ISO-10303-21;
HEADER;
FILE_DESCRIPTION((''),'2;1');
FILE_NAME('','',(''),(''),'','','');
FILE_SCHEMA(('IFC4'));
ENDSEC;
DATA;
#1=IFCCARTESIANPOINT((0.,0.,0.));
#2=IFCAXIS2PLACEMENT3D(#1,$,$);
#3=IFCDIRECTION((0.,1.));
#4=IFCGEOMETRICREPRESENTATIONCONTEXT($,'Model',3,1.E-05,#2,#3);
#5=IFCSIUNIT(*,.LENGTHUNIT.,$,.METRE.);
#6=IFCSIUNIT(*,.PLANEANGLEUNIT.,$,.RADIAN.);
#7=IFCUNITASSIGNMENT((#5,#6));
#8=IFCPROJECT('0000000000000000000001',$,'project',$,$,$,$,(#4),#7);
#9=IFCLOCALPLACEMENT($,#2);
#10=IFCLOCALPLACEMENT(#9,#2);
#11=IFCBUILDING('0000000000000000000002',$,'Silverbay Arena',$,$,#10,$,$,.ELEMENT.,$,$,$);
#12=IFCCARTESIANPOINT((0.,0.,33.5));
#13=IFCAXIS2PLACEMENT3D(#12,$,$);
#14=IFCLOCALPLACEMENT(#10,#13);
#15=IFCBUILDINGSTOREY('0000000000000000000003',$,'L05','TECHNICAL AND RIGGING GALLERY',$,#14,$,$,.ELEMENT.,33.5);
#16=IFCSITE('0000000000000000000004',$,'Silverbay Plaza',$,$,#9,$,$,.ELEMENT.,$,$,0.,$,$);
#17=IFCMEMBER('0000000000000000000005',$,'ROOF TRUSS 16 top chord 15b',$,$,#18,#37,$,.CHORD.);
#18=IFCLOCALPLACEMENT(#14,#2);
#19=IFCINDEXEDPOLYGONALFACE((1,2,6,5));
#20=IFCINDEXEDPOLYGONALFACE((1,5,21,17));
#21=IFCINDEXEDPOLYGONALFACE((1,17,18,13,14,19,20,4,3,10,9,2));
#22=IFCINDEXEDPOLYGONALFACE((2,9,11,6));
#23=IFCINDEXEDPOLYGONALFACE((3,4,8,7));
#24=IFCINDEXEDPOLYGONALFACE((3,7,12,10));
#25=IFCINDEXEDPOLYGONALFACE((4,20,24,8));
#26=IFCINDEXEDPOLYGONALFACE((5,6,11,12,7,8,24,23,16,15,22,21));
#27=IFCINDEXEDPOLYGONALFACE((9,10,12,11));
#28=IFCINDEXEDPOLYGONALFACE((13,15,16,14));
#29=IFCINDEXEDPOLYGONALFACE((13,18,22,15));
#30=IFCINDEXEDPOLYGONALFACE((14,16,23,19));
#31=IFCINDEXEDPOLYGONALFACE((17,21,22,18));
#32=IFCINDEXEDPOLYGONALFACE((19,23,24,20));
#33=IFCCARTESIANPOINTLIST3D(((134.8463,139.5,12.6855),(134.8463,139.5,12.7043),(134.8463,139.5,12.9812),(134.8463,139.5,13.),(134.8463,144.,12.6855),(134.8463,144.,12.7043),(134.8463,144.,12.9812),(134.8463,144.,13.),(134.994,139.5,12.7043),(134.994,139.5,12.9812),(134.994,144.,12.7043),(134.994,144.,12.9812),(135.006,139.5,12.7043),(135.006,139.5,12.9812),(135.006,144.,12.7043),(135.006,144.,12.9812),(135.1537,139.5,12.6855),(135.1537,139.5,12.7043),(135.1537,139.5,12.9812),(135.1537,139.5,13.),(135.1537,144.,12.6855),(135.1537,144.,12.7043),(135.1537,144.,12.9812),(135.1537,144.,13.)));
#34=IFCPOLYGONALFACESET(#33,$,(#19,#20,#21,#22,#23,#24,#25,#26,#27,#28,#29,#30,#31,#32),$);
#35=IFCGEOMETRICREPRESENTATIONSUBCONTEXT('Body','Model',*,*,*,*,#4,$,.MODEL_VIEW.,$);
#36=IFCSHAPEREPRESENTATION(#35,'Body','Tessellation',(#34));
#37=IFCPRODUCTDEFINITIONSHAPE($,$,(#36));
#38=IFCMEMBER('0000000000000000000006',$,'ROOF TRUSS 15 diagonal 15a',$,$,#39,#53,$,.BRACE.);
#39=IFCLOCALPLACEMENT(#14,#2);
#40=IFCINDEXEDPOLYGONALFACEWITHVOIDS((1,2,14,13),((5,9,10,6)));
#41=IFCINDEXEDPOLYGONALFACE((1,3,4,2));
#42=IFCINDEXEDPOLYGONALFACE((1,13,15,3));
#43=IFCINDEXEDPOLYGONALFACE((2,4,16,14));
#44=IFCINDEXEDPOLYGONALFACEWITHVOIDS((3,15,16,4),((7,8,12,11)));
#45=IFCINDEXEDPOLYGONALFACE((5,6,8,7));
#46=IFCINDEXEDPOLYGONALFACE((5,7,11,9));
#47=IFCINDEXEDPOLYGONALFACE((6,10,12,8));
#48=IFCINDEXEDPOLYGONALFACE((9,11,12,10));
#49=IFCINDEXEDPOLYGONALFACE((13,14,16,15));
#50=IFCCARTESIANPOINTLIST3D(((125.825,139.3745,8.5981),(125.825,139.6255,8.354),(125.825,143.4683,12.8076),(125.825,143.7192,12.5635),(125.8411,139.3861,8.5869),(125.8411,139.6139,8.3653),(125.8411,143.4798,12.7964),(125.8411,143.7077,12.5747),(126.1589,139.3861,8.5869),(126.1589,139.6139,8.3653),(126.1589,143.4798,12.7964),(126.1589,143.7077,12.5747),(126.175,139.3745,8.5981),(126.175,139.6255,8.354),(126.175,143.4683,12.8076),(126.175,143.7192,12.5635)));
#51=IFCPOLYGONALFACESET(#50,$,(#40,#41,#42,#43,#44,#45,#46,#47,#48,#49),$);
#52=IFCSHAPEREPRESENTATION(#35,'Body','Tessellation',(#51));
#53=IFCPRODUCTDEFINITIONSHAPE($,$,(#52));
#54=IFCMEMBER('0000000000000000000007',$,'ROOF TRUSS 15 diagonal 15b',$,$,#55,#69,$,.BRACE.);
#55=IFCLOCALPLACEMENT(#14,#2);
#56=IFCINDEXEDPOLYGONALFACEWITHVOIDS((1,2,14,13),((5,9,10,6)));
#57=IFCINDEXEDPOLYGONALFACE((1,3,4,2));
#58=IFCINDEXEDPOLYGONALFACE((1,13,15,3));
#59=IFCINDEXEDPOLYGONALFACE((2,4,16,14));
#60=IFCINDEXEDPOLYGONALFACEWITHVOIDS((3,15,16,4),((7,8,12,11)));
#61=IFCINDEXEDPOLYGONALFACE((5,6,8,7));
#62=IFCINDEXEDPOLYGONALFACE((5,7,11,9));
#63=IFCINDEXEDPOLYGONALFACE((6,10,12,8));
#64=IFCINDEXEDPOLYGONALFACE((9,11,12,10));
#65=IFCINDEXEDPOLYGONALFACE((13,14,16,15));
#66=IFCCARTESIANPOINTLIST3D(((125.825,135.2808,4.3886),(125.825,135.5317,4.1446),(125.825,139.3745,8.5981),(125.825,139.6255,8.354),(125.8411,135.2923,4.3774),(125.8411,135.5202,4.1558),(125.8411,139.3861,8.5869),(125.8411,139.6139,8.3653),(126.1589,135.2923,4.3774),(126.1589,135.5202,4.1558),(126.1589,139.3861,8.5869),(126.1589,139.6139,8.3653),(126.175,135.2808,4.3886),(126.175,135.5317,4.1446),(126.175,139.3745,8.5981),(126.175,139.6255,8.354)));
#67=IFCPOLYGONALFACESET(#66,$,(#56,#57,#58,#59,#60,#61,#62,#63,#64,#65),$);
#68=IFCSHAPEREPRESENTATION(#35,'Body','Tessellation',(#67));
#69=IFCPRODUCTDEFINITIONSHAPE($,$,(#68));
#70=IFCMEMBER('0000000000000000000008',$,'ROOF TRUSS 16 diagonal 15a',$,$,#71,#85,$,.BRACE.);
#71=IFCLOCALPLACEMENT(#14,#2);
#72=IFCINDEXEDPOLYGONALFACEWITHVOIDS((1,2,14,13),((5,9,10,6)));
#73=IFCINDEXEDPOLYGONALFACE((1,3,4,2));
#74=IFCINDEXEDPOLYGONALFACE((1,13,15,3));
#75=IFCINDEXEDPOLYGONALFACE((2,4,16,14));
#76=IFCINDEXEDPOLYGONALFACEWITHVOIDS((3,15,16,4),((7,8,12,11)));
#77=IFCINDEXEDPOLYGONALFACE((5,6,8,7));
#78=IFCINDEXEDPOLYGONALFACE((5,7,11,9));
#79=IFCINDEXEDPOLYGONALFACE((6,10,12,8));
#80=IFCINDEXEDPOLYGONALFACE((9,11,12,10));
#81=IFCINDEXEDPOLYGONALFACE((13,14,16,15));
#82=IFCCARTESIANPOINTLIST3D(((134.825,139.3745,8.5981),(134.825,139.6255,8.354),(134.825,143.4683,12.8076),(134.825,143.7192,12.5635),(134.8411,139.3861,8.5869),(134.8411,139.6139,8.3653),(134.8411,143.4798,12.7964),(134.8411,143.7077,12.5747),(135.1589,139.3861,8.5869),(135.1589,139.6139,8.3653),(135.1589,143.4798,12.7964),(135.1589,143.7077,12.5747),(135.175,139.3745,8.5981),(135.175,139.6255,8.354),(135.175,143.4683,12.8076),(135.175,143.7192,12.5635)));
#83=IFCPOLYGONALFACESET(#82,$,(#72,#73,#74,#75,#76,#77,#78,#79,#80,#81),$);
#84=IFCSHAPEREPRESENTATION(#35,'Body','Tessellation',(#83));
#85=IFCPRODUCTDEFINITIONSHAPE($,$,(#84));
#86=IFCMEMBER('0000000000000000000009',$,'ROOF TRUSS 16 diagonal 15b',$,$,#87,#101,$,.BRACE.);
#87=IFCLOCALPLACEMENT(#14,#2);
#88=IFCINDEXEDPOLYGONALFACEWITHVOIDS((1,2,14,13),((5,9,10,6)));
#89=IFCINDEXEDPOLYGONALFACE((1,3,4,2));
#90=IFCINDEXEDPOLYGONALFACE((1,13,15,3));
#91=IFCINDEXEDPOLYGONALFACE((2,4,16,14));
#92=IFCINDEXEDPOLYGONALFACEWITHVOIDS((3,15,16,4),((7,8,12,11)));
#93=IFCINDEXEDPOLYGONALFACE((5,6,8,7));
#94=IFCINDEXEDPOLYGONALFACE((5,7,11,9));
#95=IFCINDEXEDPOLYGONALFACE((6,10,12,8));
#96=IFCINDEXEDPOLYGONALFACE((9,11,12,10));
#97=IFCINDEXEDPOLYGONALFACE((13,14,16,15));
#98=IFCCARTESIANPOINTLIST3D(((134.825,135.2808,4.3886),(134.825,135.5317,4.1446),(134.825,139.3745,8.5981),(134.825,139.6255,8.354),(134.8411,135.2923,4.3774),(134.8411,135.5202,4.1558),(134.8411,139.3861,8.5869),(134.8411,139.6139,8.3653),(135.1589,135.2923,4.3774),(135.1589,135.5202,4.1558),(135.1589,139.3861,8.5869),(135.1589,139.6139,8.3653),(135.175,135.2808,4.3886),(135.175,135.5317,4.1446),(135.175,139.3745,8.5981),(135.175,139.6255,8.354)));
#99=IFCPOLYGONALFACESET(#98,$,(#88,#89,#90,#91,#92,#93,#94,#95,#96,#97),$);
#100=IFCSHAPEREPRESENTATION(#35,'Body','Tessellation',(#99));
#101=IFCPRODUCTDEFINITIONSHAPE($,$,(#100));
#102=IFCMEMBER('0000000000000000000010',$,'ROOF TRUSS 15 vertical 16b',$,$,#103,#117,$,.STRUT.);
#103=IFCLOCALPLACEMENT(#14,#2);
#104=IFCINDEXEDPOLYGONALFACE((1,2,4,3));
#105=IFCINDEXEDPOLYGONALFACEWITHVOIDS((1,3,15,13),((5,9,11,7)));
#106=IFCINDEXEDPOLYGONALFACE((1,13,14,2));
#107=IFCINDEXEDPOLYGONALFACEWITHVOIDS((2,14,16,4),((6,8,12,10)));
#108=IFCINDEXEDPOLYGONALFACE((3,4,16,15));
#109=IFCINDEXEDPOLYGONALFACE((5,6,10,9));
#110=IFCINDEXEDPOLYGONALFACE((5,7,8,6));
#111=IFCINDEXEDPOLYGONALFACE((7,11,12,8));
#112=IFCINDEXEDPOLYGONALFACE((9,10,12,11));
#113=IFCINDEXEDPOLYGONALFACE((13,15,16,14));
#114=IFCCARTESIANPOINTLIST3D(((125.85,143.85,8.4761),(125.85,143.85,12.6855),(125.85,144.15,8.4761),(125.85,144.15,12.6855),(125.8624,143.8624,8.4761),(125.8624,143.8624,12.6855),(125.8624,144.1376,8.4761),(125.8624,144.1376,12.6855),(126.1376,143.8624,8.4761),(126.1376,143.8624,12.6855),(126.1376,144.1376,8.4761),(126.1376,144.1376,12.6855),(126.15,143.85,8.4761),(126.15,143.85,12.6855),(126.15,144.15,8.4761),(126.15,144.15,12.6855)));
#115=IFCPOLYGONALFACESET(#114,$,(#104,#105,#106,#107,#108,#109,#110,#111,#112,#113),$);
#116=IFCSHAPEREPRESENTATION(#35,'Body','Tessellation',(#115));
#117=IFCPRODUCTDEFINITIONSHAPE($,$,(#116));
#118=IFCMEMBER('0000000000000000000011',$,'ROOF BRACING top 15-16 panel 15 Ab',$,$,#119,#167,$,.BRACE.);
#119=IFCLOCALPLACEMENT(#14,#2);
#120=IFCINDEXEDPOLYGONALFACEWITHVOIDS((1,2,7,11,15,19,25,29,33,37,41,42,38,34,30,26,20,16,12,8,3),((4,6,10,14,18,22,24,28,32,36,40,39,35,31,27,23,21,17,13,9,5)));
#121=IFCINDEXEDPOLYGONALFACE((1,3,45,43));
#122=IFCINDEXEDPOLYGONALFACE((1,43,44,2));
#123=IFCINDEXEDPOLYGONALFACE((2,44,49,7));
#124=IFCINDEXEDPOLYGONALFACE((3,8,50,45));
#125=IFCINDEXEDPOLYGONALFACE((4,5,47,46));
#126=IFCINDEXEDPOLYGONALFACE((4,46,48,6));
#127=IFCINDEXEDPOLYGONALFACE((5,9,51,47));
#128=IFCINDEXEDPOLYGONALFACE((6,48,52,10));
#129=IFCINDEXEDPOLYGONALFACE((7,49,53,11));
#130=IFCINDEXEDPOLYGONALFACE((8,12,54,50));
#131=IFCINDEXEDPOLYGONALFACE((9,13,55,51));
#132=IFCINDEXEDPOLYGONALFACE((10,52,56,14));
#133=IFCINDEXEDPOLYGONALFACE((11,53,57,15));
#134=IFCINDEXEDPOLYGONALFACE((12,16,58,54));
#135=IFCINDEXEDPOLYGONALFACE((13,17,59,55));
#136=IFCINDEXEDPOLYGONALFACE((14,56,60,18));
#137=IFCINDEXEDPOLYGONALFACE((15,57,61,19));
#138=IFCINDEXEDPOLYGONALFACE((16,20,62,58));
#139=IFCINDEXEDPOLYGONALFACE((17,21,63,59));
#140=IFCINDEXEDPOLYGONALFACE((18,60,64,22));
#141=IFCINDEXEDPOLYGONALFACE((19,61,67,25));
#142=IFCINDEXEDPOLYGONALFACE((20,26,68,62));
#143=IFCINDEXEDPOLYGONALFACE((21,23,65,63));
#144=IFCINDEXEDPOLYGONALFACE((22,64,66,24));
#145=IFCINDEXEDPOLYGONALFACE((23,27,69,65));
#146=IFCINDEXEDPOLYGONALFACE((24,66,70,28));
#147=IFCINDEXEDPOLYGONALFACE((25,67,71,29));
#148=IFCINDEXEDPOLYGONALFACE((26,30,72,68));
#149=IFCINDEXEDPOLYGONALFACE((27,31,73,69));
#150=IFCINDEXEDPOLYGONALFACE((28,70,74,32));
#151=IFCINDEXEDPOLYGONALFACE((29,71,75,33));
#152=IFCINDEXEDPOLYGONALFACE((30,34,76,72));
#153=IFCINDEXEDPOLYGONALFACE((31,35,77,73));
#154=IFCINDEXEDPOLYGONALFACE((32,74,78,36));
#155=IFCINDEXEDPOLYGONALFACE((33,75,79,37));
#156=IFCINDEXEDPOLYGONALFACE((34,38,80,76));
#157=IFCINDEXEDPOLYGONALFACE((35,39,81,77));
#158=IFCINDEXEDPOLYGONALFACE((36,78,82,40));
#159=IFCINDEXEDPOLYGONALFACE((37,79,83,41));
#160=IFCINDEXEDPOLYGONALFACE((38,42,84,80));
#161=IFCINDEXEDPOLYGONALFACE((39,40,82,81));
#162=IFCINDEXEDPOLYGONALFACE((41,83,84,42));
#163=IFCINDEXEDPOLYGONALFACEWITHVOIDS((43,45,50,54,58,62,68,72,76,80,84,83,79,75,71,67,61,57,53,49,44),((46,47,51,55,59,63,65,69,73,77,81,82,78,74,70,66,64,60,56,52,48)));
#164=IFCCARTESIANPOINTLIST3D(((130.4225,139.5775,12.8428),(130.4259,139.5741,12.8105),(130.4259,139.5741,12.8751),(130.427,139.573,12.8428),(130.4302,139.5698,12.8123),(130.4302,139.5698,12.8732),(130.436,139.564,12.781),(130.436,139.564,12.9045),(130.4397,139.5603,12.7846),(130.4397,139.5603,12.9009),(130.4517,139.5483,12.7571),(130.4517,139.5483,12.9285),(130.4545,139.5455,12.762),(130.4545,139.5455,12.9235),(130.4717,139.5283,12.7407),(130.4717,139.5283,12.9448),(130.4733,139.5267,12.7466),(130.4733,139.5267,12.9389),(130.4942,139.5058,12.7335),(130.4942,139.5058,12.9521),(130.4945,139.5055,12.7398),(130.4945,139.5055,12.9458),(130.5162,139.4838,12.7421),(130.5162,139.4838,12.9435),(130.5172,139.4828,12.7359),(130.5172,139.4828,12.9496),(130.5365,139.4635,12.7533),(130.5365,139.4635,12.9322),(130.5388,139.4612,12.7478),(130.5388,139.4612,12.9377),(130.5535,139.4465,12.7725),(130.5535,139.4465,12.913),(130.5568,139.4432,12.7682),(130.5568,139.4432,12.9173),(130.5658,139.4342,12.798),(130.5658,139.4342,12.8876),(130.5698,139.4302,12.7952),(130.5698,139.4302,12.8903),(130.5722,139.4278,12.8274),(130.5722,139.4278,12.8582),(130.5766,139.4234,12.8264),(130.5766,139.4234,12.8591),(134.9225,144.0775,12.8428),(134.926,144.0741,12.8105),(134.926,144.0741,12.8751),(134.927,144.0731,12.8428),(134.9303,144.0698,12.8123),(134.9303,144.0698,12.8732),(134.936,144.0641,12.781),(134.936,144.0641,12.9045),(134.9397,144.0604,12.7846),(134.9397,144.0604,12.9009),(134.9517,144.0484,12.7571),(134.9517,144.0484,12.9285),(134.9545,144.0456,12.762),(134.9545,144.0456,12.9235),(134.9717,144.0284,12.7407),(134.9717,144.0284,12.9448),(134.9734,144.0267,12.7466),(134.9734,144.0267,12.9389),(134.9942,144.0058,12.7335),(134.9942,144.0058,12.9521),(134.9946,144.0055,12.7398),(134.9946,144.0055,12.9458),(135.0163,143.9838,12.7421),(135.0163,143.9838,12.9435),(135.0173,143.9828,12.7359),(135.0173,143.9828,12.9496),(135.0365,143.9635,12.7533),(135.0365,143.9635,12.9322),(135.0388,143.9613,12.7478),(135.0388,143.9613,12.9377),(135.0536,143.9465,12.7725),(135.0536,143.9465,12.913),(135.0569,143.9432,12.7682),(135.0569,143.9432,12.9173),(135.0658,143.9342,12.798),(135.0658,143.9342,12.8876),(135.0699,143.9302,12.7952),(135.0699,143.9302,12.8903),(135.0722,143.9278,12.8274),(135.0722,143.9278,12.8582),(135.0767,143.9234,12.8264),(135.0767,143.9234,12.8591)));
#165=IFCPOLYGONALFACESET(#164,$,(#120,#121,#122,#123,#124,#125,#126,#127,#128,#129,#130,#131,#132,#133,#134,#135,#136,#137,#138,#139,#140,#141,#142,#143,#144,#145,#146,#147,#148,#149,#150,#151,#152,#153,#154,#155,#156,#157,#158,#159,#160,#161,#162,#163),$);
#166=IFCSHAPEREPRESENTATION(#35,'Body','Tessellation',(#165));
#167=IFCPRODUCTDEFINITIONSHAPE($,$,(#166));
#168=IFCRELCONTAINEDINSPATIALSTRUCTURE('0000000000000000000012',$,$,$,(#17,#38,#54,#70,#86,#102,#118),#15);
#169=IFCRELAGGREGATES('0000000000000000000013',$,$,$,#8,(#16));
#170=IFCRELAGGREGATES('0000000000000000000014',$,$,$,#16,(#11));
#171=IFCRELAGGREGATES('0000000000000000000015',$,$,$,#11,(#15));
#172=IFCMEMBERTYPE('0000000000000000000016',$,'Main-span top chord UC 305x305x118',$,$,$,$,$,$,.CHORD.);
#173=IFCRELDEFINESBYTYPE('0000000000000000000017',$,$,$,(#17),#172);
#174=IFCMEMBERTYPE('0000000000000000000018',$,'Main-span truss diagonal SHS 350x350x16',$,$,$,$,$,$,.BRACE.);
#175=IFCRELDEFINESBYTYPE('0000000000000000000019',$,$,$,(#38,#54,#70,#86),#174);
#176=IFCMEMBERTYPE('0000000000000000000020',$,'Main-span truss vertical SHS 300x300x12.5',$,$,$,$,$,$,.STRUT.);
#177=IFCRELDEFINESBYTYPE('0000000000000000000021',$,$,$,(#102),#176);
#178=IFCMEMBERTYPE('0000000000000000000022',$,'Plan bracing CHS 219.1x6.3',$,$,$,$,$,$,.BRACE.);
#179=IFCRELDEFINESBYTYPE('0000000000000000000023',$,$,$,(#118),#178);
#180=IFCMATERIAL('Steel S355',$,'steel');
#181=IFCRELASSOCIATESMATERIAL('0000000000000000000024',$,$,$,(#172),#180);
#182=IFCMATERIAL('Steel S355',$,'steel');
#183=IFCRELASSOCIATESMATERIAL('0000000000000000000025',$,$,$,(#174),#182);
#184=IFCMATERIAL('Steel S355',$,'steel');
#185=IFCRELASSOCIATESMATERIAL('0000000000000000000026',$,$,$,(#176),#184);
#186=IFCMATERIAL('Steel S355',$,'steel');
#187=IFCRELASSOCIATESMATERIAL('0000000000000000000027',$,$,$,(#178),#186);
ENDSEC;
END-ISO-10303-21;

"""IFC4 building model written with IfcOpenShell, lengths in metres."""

from ifc_helpers import new_model, si_unit, direction, frame, origin, origin_2d, place, context, subcontext, project, spatial, hollow_rectangle, hollow_circle, i_section, extrude, material, material_profile, profile_set, type_object, element, save


model = new_model("IFC4")

# Units and contexts
model_context = context("Model", 3, precision=1e-05, world=origin(), true_north=direction((0.0, 1.0)))
body_context = subcontext(model_context, "Body", "Model", "MODEL_VIEW")
ifc_project = project(units=[si_unit("LENGTHUNIT", "METRE"), si_unit("PLANEANGLEUNIT", "RADIAN")], contexts=[model_context])

# Site, building, storey
site_placement = place(None, origin())
site = spatial("IfcSite", under=ifc_project, at=site_placement, Name="Silverbay Plaza", CompositionType="ELEMENT", RefElevation=0.0)
building_placement = place(site_placement, origin())
building = spatial("IfcBuilding", under=site, at=building_placement, Name="Silverbay Arena", CompositionType="ELEMENT")
storey_placement = place(building_placement, frame((0.0, 0.0, 33.5)))
storey = spatial("IfcBuildingStorey", under=building, at=storey_placement, Name="L05", Description="TECHNICAL AND RIGGING GALLERY", CompositionType="ELEMENT", Elevation=33.5)

# Members
ifc_material_1 = material(Name="Steel S355", Category="steel")
ifc_material_profile_1 = material_profile(ifc_material_1, i_section(OverallWidth=0.3074, OverallDepth=0.3145, WebThickness=0.012, FlangeThickness=0.0188, at=origin_2d()), Name="UC 305x305x118")
ifc_profile_set_1 = profile_set([ifc_material_profile_1], Name="Steel S355")
member_type_1 = type_object("IfcMemberType", Name="Main-span top chord UC 305x305x118", PredefinedType="CHORD", material=ifc_profile_set_1)
member_1_placement = place(storey_placement, frame((135.0, 139.5, 12.8428), z_axis=(0.0, 1.0, 0.0), x_axis=(-1.0, 0.0, 0.0)))
element("IfcMember", 1, at=member_1_placement, inside=storey, type_object=member_type_1, Name="ROOF TRUSS 16 top chord 15b", PredefinedType="CHORD", context=body_context, shape_type="SweptSolid", body=[
    extrude(i_section(OverallWidth=0.3074, OverallDepth=0.3145, WebThickness=0.012, FlangeThickness=0.0188, at=origin_2d()), origin(), (0.0, 0.0, 1.0), 4.5),
])
ifc_material_2 = material(Name="Steel S355", Category="steel")
ifc_material_profile_2 = material_profile(ifc_material_2, hollow_rectangle(XDim=0.3501, YDim=0.3501, WallThickness=0.0161, at=origin_2d()), Name="SHS 350x350x16")
ifc_profile_set_2 = profile_set([ifc_material_profile_2], Name="Steel S355")
member_type_2 = type_object("IfcMemberType", Name="Main-span truss diagonal SHS 350x350x16", PredefinedType="BRACE", material=ifc_profile_set_2)
for number, where, z_axis, x_axis, name in (
    (2, (126.0, 143.5938, 12.6855), (0.0, -0.697184, -0.716892), (1.0, 0.0, 0.0), "ROOF TRUSS 15 diagonal 15a"),
    (3, (126.0, 139.5, 8.4761), (0.0, -0.697184, -0.716892), (1.0, 0.0, 0.0), "ROOF TRUSS 15 diagonal 15b"),
    (4, (135.0, 143.5938, 12.6855), (0.0, -0.697184, -0.716892), (1.0, 0.0, 0.0), "ROOF TRUSS 16 diagonal 15a"),
    (5, (135.0, 139.5, 8.4761), (0.0, -0.697184, -0.716892), (1.0, 0.0, 0.0), "ROOF TRUSS 16 diagonal 15b"),
):
    element("IfcMember", number, at=place(storey_placement, frame(where, z_axis=z_axis, x_axis=x_axis)), inside=storey, type_object=member_type_2, Name=name, PredefinedType="BRACE", context=body_context, shape_type="SweptSolid", body=[
        extrude(hollow_rectangle(XDim=0.3501, YDim=0.3501, WallThickness=0.0161, at=origin_2d()), origin(), (0.0, 0.0, 1.0), 5.8718),
    ])
ifc_material_3 = material(Name="Steel S355", Category="steel")
ifc_material_profile_3 = material_profile(ifc_material_3, hollow_rectangle(XDim=0.3, YDim=0.3, WallThickness=0.0125, at=origin_2d()), Name="SHS 300x300x12.5")
ifc_profile_set_3 = profile_set([ifc_material_profile_3], Name="Steel S355")
member_type_3 = type_object("IfcMemberType", Name="Main-span truss vertical SHS 300x300x12.5", PredefinedType="STRUT", material=ifc_profile_set_3)
member_2_placement = place(storey_placement, frame((126.0, 144.0, 8.4761), z_axis=(0.0, 0.0, 1.0), x_axis=(1.0, 0.0, 0.0)))
element("IfcMember", 6, at=member_2_placement, inside=storey, type_object=member_type_3, Name="ROOF TRUSS 15 vertical 16b", PredefinedType="STRUT", context=body_context, shape_type="SweptSolid", body=[
    extrude(hollow_rectangle(XDim=0.3, YDim=0.3, WallThickness=0.0125, at=origin_2d()), origin(), (0.0, 0.0, 1.0), 4.2095),
])
ifc_material_4 = material(Name="Steel S355", Category="steel")
ifc_material_profile_4 = material_profile(ifc_material_4, hollow_circle(Radius=0.1096, WallThickness=0.0063, at=origin_2d()), Name="CHS 219.1x6.3")
ifc_profile_set_4 = profile_set([ifc_material_profile_4], Name="Steel S355")
member_type_4 = type_object("IfcMemberType", Name="Plan bracing CHS 219.1x6.3", PredefinedType="BRACE", material=ifc_profile_set_4)
for number, where, z_axis, x_axis, name in (
    (7, (130.5, 139.5, 12.8428), (0.707107, 0.707107, 0.0), (-0.707107, 0.707107, 0.0), "ROOF BRACING top 15-16 panel 15 Ab"),
):
    element("IfcMember", number, at=place(storey_placement, frame(where, z_axis=z_axis, x_axis=x_axis)), inside=storey, type_object=member_type_4, Name=name, PredefinedType="BRACE", context=body_context, shape_type="SweptSolid", body=[
        extrude(hollow_circle(Radius=0.1096, WallThickness=0.0063, at=origin_2d()), origin(), (0.0, 0.0, 1.0), 6.364),
    ])

save(model, "model.ifc")
